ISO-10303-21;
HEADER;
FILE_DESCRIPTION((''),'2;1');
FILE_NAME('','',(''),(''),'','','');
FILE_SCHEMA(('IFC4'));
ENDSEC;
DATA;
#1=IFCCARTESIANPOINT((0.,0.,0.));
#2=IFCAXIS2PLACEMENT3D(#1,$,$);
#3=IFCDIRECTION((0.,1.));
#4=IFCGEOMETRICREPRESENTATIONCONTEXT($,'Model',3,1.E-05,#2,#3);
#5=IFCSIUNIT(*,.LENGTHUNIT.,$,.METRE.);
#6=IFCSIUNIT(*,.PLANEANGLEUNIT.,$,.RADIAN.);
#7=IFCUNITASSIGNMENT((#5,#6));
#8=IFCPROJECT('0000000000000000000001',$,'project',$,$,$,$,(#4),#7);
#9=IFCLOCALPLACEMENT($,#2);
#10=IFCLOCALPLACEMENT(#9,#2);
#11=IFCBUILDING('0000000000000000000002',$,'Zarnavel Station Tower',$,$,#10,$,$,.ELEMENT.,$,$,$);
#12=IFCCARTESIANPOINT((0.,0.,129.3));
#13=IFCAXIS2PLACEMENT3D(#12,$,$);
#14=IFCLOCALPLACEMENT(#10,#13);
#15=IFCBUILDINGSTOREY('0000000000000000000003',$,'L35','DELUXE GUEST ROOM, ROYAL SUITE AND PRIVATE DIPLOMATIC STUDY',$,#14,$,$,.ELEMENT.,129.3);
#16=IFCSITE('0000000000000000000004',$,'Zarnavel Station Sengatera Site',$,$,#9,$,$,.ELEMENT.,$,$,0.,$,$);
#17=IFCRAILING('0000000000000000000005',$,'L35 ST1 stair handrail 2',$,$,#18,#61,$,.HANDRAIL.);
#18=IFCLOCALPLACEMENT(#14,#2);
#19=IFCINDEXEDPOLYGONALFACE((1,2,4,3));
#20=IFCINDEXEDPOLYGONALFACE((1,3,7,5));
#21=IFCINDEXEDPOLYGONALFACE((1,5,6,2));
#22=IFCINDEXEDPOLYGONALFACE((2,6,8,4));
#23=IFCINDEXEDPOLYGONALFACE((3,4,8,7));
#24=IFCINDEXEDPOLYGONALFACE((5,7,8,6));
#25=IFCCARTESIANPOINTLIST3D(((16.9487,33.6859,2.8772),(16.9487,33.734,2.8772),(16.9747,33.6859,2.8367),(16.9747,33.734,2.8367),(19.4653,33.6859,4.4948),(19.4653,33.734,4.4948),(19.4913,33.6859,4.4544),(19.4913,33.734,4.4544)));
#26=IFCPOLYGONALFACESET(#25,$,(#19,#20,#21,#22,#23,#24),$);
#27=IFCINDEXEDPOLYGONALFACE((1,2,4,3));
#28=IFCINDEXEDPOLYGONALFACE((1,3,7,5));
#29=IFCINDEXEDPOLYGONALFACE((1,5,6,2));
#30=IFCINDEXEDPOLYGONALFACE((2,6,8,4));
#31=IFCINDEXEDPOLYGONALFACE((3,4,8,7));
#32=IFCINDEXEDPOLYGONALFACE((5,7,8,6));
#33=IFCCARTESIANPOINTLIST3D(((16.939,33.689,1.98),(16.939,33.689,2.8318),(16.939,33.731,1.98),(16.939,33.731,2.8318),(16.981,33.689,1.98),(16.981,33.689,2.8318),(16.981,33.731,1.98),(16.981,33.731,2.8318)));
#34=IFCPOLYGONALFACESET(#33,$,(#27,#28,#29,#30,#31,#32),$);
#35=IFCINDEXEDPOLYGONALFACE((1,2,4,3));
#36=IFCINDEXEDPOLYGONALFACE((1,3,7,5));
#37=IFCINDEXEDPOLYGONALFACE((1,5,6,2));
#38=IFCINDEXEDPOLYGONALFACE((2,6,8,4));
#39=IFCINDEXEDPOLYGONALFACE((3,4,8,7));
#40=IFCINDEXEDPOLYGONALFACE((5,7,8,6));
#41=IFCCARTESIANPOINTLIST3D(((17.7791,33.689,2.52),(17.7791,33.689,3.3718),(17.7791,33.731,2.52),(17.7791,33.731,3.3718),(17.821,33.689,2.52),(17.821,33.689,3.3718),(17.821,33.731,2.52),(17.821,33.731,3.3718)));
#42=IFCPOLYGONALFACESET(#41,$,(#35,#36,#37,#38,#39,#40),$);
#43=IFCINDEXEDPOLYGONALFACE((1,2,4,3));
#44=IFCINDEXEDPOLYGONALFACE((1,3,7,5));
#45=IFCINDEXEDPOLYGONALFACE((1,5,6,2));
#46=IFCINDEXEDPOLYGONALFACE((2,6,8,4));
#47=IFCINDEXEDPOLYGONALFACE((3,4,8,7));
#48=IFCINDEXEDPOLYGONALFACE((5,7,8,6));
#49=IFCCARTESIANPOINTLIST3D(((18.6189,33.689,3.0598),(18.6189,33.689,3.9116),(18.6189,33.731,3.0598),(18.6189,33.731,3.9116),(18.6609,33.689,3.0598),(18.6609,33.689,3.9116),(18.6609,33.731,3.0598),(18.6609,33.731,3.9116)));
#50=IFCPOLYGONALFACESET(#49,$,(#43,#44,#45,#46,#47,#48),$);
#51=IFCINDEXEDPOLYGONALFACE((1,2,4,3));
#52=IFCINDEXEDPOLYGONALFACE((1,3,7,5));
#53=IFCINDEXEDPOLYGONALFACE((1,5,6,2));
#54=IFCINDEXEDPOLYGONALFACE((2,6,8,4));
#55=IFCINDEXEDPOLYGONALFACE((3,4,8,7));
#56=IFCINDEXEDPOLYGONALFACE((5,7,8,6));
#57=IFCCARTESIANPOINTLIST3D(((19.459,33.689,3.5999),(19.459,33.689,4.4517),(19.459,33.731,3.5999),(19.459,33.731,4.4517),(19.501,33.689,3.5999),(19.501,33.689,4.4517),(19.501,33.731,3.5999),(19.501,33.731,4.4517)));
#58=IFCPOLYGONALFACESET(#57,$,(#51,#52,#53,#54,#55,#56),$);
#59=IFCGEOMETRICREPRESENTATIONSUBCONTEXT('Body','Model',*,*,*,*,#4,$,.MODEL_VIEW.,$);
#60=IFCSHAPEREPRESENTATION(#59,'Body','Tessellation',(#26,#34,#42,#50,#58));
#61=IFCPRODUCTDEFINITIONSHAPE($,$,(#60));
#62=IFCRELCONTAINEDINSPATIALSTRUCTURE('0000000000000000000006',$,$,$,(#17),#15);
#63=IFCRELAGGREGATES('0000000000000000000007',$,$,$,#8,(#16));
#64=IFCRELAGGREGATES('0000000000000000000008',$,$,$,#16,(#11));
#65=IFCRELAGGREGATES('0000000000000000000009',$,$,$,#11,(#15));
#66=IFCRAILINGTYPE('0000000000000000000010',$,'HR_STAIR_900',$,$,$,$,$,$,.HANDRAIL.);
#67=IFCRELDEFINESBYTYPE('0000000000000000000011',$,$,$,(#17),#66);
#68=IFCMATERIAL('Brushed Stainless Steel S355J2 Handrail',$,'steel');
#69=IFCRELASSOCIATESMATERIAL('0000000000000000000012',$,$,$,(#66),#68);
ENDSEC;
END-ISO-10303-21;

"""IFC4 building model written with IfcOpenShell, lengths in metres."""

from ifc_helpers import new_model, si_unit, direction, frame, origin, origin_2d, place, context, subcontext, project, spatial, rectangle, extrude, material, type_object, element, save


model = new_model("IFC4")

# Units and contexts
model_context = context("Model", 3, precision=1e-05, world=origin(), true_north=direction((0.0, 1.0)))
body_context = subcontext(model_context, "Body", "Model", "MODEL_VIEW")
ifc_project = project(units=[si_unit("LENGTHUNIT", "METRE"), si_unit("PLANEANGLEUNIT", "RADIAN")], contexts=[model_context])

# Site, building, storey
site_placement = place(None, origin())
site = spatial("IfcSite", under=ifc_project, at=site_placement, Name="Zarnavel Station Sengatera Site", CompositionType="ELEMENT", RefElevation=0.0)
building_placement = place(site_placement, origin())
building = spatial("IfcBuilding", under=site, at=building_placement, Name="Zarnavel Station Tower", CompositionType="ELEMENT")
storey_placement = place(building_placement, frame((0.0, 0.0, 129.3)))
storey = spatial("IfcBuildingStorey", under=building, at=storey_placement, Name="L35", Description="DELUXE GUEST ROOM, ROYAL SUITE AND PRIVATE DIPLOMATIC STUDY", CompositionType="ELEMENT", Elevation=129.3)

# Railing
ifc_material_1 = material(Name="Brushed Stainless Steel S355J2 Handrail", Category="steel")
railing_type_1 = type_object("IfcRailingType", Name="HR_STAIR_900", PredefinedType="HANDRAIL", material=ifc_material_1)
railing_1_placement = place(storey_placement, frame((16.96, 33.71, 1.98)))
element("IfcRailing", 1, at=railing_1_placement, inside=storey, type_object=railing_type_1, Name="L35 ST1 stair handrail 2", PredefinedType="HANDRAIL", context=body_context, shape_type="SweptSolid", body=[
    extrude(rectangle(XDim=0.0481, YDim=0.0481, at=origin_2d()), frame((0.0017, 0.0, 0.877), z_axis=(0.8412, 0.0, 0.540725), x_axis=(0.0, 1.0, 0.0)), (0.0, 0.0, 1.0), 2.9917),
    extrude(rectangle(XDim=0.042, YDim=0.042, at=origin_2d()), origin(), (0.0, 0.0, 1.0), 0.8518),
    extrude(rectangle(XDim=0.042, YDim=0.042, at=origin_2d()), frame((0.8401, 0.0, 0.54)), (0.0, 0.0, 1.0), 0.8518),
    extrude(rectangle(XDim=0.042, YDim=0.042, at=origin_2d()), frame((1.6799, 0.0, 1.0798)), (0.0, 0.0, 1.0), 0.8518),
    extrude(rectangle(XDim=0.042, YDim=0.042, at=origin_2d()), frame((2.52, 0.0, 1.6199)), (0.0, 0.0, 1.0), 0.8518),
])

save(model, "model.ifc")
